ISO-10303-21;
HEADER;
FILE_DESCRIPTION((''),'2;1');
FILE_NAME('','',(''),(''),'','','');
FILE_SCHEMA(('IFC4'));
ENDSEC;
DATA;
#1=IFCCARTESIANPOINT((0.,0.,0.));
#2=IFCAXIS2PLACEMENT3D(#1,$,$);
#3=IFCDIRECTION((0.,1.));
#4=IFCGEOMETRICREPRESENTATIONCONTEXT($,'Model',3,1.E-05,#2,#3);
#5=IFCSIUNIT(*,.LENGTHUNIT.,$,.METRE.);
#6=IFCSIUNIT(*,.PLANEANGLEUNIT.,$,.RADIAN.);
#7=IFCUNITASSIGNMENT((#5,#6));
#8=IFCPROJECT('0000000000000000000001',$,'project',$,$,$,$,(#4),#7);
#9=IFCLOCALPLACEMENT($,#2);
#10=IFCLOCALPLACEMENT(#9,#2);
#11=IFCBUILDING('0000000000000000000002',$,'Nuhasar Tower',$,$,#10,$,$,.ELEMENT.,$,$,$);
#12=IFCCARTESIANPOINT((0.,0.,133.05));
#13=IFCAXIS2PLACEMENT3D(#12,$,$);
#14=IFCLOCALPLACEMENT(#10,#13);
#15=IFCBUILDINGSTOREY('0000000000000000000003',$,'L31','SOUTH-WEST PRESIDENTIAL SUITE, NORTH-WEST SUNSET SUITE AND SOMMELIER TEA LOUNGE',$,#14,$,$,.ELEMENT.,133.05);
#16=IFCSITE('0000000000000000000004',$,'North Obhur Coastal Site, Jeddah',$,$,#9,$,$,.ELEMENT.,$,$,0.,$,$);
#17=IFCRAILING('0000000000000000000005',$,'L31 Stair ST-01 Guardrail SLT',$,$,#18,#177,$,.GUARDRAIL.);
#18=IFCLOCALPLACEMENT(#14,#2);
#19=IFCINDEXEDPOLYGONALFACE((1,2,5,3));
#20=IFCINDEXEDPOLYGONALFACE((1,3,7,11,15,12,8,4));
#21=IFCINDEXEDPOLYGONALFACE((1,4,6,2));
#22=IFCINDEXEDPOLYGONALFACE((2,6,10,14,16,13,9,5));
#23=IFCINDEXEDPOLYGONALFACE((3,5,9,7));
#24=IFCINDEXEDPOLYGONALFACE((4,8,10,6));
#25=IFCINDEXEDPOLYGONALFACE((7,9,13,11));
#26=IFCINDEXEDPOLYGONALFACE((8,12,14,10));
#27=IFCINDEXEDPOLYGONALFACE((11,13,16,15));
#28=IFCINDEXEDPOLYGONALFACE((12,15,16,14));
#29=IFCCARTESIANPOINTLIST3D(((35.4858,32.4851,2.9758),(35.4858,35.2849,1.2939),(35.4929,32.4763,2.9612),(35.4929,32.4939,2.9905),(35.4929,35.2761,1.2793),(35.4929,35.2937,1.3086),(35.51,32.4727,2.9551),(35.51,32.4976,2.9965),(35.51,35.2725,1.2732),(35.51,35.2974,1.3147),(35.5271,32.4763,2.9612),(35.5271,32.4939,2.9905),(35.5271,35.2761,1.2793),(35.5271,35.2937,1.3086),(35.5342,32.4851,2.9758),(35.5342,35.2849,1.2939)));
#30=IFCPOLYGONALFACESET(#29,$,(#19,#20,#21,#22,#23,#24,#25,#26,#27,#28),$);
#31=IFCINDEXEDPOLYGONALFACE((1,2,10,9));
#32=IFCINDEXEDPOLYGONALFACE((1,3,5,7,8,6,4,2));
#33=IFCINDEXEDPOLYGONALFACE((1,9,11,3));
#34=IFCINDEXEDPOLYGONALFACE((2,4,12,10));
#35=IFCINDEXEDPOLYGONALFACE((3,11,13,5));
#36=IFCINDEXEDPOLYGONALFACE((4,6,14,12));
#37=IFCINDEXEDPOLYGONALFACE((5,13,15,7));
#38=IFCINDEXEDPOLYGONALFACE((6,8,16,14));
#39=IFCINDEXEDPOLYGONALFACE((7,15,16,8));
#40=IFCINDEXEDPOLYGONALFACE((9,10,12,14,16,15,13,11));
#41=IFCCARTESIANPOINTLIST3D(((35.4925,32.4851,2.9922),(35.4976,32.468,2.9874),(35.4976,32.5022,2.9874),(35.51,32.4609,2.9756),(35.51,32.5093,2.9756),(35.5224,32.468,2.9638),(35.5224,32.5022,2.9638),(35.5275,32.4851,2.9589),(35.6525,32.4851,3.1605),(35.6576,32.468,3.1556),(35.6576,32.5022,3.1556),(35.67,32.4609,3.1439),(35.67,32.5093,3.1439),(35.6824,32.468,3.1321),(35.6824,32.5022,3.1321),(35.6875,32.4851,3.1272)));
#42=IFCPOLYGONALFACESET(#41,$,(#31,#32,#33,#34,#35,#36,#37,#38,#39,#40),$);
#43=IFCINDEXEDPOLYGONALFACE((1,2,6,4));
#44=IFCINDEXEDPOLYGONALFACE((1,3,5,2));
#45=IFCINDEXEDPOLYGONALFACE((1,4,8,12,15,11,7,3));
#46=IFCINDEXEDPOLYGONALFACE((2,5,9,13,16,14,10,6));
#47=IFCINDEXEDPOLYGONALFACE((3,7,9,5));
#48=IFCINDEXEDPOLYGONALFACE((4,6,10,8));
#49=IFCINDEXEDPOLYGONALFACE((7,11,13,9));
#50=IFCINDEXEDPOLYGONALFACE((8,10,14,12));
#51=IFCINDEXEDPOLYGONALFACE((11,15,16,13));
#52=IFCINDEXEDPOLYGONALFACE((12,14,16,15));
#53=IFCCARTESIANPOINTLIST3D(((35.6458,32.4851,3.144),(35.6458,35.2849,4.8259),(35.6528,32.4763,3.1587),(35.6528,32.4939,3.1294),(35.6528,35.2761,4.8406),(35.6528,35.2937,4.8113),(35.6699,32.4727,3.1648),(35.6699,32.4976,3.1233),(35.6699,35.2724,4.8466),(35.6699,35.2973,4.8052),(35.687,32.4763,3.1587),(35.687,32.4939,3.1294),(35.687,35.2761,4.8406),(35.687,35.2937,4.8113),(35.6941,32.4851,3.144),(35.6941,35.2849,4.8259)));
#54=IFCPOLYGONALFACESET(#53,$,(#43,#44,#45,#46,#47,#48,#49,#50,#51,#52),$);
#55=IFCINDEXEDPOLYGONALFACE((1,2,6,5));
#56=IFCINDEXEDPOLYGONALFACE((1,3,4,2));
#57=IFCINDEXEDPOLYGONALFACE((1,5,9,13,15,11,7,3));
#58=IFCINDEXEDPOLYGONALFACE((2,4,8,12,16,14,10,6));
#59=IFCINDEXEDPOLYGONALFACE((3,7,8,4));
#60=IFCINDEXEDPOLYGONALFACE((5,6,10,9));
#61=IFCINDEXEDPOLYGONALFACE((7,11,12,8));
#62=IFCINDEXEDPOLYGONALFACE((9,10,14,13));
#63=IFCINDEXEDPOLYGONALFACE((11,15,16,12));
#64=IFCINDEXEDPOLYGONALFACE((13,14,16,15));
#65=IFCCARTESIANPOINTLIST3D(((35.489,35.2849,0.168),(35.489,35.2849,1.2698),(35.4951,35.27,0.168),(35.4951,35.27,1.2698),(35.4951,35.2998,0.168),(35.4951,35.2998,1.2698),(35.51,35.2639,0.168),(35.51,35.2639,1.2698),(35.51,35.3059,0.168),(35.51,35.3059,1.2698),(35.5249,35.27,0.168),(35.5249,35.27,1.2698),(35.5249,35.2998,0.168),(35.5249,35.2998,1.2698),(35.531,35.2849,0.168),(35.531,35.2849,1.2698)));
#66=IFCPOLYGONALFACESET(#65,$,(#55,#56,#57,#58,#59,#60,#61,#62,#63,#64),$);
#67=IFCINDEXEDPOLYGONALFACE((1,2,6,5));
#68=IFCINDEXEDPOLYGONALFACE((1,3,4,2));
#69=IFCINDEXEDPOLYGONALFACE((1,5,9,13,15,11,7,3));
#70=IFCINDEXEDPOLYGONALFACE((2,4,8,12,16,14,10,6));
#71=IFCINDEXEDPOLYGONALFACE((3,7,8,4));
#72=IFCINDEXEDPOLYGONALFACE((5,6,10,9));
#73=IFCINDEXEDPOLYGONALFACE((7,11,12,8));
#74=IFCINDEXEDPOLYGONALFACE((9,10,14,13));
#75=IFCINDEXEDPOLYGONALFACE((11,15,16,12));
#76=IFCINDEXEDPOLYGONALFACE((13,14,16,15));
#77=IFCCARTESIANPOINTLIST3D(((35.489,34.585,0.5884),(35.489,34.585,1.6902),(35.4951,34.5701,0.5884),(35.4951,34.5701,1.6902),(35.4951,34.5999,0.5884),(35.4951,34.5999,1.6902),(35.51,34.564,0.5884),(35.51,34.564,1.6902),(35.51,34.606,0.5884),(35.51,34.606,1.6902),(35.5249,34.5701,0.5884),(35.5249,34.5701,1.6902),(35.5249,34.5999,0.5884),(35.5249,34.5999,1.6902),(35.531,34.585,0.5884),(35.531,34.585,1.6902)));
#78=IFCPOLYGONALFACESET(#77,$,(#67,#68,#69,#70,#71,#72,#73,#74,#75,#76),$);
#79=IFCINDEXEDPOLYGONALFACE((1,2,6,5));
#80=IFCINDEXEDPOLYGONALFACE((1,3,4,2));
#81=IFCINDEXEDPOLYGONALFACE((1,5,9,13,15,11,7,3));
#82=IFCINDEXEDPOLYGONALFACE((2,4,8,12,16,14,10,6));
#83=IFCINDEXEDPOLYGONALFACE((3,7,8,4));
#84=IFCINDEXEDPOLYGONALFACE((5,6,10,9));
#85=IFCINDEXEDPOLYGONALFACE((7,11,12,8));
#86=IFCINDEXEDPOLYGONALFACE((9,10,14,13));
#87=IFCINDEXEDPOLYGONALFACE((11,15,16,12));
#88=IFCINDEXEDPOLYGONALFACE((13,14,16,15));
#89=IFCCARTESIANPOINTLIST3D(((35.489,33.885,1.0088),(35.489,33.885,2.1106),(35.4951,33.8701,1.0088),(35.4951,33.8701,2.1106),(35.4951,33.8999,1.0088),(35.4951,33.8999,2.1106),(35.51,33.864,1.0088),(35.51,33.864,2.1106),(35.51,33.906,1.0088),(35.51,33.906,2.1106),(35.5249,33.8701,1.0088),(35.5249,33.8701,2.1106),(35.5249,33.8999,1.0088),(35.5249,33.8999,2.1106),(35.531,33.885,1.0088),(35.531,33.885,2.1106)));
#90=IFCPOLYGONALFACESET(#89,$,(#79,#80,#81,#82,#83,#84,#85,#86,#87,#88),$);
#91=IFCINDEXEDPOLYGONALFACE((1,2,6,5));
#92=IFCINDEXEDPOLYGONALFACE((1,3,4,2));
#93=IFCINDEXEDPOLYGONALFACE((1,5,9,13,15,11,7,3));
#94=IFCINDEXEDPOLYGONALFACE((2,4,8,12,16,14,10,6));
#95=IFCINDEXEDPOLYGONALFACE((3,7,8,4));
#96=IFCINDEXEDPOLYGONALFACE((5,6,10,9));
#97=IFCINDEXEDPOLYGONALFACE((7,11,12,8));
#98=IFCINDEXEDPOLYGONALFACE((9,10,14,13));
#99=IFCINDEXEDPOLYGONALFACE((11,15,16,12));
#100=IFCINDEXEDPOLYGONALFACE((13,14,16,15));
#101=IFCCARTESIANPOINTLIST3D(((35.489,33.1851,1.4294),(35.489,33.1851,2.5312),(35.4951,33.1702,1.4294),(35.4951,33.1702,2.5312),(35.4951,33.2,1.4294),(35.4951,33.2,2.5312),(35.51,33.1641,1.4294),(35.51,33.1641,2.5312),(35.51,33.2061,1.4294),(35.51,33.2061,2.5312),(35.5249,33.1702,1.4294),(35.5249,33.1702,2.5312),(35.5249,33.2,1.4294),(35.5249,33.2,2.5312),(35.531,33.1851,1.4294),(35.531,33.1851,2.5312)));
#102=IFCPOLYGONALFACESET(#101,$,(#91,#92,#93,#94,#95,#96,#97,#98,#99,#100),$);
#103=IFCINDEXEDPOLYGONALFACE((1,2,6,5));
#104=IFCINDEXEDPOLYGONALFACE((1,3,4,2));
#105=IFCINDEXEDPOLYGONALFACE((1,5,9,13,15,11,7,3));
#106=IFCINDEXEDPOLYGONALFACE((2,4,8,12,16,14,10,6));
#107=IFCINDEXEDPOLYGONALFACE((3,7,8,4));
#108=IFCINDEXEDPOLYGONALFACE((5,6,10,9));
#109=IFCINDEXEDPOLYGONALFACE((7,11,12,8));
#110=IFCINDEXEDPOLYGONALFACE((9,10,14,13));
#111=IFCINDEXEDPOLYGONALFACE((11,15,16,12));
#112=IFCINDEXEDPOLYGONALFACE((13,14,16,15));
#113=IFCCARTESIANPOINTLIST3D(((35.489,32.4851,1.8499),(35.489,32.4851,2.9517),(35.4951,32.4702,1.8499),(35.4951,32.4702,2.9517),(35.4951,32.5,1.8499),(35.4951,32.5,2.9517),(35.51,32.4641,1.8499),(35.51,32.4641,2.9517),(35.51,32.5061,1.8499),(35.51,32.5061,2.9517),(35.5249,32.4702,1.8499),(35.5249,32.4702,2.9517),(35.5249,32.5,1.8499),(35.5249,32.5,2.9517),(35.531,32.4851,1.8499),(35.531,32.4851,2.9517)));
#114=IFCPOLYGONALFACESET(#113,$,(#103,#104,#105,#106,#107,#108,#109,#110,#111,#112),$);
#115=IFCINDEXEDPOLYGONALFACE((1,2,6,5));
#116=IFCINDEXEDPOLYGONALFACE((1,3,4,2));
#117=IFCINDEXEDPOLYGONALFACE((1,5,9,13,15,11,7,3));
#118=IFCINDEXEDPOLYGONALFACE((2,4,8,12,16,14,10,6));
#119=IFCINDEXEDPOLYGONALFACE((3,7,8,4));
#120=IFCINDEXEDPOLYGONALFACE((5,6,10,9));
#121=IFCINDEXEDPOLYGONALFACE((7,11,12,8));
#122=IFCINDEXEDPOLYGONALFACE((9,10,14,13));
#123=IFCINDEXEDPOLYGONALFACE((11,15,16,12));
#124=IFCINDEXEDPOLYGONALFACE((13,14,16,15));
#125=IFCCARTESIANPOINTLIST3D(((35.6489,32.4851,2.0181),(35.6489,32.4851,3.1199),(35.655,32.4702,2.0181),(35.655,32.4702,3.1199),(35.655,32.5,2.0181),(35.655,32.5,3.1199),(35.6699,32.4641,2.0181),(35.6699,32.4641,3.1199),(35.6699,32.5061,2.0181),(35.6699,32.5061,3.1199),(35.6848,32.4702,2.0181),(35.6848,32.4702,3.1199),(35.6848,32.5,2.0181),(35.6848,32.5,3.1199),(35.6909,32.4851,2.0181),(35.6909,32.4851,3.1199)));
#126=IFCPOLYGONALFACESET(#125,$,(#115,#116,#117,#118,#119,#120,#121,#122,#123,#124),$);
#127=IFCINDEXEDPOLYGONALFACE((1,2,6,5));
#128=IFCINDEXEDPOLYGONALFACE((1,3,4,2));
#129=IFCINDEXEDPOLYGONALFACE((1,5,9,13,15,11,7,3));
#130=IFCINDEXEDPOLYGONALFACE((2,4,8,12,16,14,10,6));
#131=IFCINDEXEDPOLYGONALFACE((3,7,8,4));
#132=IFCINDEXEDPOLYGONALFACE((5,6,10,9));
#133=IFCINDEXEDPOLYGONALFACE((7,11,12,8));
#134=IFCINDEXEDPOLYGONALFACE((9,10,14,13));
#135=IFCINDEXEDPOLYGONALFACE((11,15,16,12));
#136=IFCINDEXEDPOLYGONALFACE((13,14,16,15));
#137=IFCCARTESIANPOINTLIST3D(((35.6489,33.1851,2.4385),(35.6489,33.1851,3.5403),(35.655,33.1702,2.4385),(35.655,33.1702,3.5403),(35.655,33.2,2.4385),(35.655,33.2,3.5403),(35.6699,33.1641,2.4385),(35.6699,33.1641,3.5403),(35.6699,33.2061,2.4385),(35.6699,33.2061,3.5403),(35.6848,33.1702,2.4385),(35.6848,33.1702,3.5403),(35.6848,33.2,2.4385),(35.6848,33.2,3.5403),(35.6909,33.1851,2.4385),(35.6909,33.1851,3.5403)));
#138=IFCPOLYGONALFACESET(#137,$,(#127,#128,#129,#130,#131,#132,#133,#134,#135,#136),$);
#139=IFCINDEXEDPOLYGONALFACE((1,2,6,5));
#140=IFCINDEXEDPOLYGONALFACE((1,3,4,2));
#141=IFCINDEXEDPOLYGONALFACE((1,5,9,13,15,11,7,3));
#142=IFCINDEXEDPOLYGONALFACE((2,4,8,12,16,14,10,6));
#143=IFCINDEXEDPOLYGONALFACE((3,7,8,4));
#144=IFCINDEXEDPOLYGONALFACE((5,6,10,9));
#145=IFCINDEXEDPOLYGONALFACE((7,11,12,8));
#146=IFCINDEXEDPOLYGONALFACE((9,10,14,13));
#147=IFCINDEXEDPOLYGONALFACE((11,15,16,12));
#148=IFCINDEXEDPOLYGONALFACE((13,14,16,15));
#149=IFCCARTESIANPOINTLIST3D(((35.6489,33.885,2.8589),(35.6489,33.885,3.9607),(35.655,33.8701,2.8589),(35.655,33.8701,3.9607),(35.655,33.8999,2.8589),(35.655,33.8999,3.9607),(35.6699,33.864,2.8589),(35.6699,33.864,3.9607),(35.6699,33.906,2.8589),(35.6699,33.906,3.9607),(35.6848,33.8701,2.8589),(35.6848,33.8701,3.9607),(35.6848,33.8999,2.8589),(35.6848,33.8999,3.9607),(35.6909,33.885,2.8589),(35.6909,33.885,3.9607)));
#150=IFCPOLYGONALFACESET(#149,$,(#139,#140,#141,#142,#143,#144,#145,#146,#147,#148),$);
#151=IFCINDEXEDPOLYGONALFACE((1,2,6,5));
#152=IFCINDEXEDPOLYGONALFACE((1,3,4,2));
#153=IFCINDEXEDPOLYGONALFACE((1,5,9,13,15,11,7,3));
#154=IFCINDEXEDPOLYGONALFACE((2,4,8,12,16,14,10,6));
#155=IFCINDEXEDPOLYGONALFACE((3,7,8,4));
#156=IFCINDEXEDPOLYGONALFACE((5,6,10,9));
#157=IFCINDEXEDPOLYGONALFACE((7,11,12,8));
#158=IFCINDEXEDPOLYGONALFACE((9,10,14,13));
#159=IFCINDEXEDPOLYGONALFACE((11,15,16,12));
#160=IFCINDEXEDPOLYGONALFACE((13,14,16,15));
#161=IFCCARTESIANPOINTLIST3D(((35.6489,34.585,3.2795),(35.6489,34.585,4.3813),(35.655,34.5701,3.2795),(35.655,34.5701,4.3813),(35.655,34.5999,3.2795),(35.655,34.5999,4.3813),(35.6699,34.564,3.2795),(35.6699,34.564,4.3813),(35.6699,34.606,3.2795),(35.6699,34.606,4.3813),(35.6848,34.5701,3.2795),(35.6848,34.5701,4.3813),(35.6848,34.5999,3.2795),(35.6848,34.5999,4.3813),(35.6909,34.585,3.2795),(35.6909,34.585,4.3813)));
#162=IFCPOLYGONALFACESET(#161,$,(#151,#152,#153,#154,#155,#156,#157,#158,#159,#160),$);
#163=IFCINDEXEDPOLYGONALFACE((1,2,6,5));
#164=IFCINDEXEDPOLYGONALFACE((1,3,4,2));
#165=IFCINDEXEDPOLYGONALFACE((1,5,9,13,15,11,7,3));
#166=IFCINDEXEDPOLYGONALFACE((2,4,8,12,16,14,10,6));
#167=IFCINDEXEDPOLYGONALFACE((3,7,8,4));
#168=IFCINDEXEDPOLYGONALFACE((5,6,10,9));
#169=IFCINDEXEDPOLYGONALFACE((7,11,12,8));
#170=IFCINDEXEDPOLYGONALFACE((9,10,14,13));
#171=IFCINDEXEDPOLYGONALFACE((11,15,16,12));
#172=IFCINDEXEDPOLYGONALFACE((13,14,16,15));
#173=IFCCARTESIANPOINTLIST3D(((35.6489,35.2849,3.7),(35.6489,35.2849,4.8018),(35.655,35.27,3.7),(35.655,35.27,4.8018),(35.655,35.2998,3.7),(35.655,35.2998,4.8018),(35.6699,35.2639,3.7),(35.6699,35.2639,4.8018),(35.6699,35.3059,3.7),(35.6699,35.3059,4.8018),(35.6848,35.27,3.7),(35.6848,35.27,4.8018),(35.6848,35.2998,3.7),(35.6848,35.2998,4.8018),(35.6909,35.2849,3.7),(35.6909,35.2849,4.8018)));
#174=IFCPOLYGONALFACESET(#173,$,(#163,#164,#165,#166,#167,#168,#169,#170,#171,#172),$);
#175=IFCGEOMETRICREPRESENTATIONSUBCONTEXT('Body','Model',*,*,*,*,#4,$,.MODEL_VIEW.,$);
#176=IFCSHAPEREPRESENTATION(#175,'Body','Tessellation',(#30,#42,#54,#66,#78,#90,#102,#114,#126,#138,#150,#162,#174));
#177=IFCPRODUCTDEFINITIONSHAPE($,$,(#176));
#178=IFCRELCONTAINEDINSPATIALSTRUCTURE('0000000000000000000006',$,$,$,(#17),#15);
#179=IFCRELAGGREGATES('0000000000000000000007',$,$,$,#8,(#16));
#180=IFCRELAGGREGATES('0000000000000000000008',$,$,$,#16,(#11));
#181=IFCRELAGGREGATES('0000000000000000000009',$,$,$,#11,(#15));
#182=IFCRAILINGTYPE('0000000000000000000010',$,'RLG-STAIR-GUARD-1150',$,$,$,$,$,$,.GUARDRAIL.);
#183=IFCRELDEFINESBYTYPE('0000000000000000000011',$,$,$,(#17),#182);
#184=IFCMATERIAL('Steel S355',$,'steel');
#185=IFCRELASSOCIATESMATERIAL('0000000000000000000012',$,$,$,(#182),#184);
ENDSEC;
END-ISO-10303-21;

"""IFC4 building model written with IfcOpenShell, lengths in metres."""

from ifc_helpers import new_model, si_unit, direction, frame, origin, place, context, subcontext, project, spatial, polyline, outline, extrude, material, type_object, element, save


model = new_model("IFC4")

# Units and contexts
model_context = context("Model", 3, precision=1e-05, world=origin(), true_north=direction((0.0, 1.0)))
body_context = subcontext(model_context, "Body", "Model", "MODEL_VIEW")
ifc_project = project(units=[si_unit("LENGTHUNIT", "METRE"), si_unit("PLANEANGLEUNIT", "RADIAN")], contexts=[model_context])

# Site, building, storey
site_placement = place(None, origin())
site = spatial("IfcSite", under=ifc_project, at=site_placement, Name="North Obhur Coastal Site, Jeddah", CompositionType="ELEMENT", RefElevation=0.0)
building_placement = place(site_placement, origin())
building = spatial("IfcBuilding", under=site, at=building_placement, Name="Nuhasar Tower", CompositionType="ELEMENT")
storey_placement = place(building_placement, frame((0.0, 0.0, 133.05)))
storey = spatial("IfcBuildingStorey", under=building, at=storey_placement, Name="L31", Description="SOUTH-WEST PRESIDENTIAL SUITE, NORTH-WEST SUNSET SUITE AND SOMMELIER TEA LOUNGE", CompositionType="ELEMENT", Elevation=133.05)

# Shared definitions
ifc_material_1 = material(Name="Steel S355", Category="steel")

# Railing
railing_type_1 = type_object("IfcRailingType", Name="RLG-STAIR-GUARD-1150", PredefinedType="GUARDRAIL", material=ifc_material_1)
railing_1_placement = place(storey_placement, frame((35.51, 35.2849, 0.168)))
element("IfcRailing", 1, at=railing_1_placement, inside=storey, type_object=railing_type_1, Name="L31 Stair ST-01 Guardrail SLT", PredefinedType="GUARDRAIL", context=body_context, shape_type="SweptSolid", body=[
    extrude(outline(polyline([(0.0242, 0.0), (0.0171, 0.0171), (0.0, 0.0242), (-0.0171, 0.0171), (-0.0242, 0.0), (-0.0171, -0.0171), (0.0, -0.0242), (0.0171, -0.0171), (0.0242, 0.0)])), frame((0.0, 0.0, 1.126), z_axis=(0.0, -0.857222, 0.514946), x_axis=(1.0, 0.0, 0.0)), (0.0, 0.0, 1.0), 3.2661),
    extrude(outline(polyline([(0.0242, 0.0), (0.0171, 0.0171), (0.0, 0.0242), (-0.0171, 0.0171), (-0.0242, 0.0), (-0.0171, -0.0171), (0.0, -0.0242), (0.0171, -0.0171), (0.0242, 0.0)])), frame((0.0, -2.7998, 2.8076), z_axis=(0.688998, 0.0, 0.724763), x_axis=(0.0, 1.0, 0.0)), (0.0, 0.0, 1.0), 0.2322),
    extrude(outline(polyline([(0.0242, 0.0), (0.0171, 0.0171), (0.0, 0.0242), (-0.0171, 0.0171), (-0.0242, 0.0), (-0.0171, -0.0171), (0.0, -0.0242), (0.0171, -0.0171), (0.0242, 0.0)])), frame((0.1599, -2.7998, 2.9761), z_axis=(0.0, 0.857222, 0.514946), x_axis=(-1.0, 0.0, 0.0)), (0.0, 0.0, 1.0), 3.2661),
    extrude(outline(polyline([(0.021, 0.0), (0.0149, 0.0149), (0.0, 0.021), (-0.0149, 0.0149), (-0.021, 0.0), (-0.0149, -0.0149), (0.0, -0.021), (0.0149, -0.0149), (0.021, 0.0)])), origin(), (0.0, 0.0, 1.0), 1.1018),
    extrude(outline(polyline([(0.021, 0.0), (0.0149, 0.0149), (0.0, 0.021), (-0.0149, 0.0149), (-0.021, 0.0), (-0.0149, -0.0149), (0.0, -0.021), (0.0149, -0.0149), (0.021, 0.0)])), frame((0.0, -0.7, 0.4204)), (0.0, 0.0, 1.0), 1.1018),
    extrude(outline(polyline([(0.021, 0.0), (0.0149, 0.0149), (0.0, 0.021), (-0.0149, 0.0149), (-0.021, 0.0), (-0.0149, -0.0149), (0.0, -0.021), (0.0149, -0.0149), (0.021, 0.0)])), frame((0.0, -1.3999, 0.8408)), (0.0, 0.0, 1.0), 1.1018),
    extrude(outline(polyline([(0.021, 0.0), (0.0149, 0.0149), (0.0, 0.021), (-0.0149, 0.0149), (-0.021, 0.0), (-0.0149, -0.0149), (0.0, -0.021), (0.0149, -0.0149), (0.021, 0.0)])), frame((0.0, -2.0999, 1.2615)), (0.0, 0.0, 1.0), 1.1018),
    extrude(outline(polyline([(0.021, 0.0), (0.0149, 0.0149), (0.0, 0.021), (-0.0149, 0.0149), (-0.021, 0.0), (-0.0149, -0.0149), (0.0, -0.021), (0.0149, -0.0149), (0.021, 0.0)])), frame((0.0, -2.7998, 1.6819)), (0.0, 0.0, 1.0), 1.1018),
    extrude(outline(polyline([(0.021, 0.0), (0.0149, 0.0149), (0.0, 0.021), (-0.0149, 0.0149), (-0.021, 0.0), (-0.0149, -0.0149), (0.0, -0.021), (0.0149, -0.0149), (0.021, 0.0)])), frame((0.1599, -2.7998, 1.8501)), (0.0, 0.0, 1.0), 1.1018),
    extrude(outline(polyline([(0.021, 0.0), (0.0149, 0.0149), (0.0, 0.021), (-0.0149, 0.0149), (-0.021, 0.0), (-0.0149, -0.0149), (0.0, -0.021), (0.0149, -0.0149), (0.021, 0.0)])), frame((0.1599, -2.0999, 2.2705)), (0.0, 0.0, 1.0), 1.1018),
    extrude(outline(polyline([(0.021, 0.0), (0.0149, 0.0149), (0.0, 0.021), (-0.0149, 0.0149), (-0.021, 0.0), (-0.0149, -0.0149), (0.0, -0.021), (0.0149, -0.0149), (0.021, 0.0)])), frame((0.1599, -1.3999, 2.6909)), (0.0, 0.0, 1.0), 1.1018),
    extrude(outline(polyline([(0.021, 0.0), (0.0149, 0.0149), (0.0, 0.021), (-0.0149, 0.0149), (-0.021, 0.0), (-0.0149, -0.0149), (0.0, -0.021), (0.0149, -0.0149), (0.021, 0.0)])), frame((0.1599, -0.7, 3.1116)), (0.0, 0.0, 1.0), 1.1018),
    extrude(outline(polyline([(0.021, 0.0), (0.0149, 0.0149), (0.0, 0.021), (-0.0149, 0.0149), (-0.021, 0.0), (-0.0149, -0.0149), (0.0, -0.021), (0.0149, -0.0149), (0.021, 0.0)])), frame((0.1599, 0.0, 3.532)), (0.0, 0.0, 1.0), 1.1018),
])

save(model, "model.ifc")
